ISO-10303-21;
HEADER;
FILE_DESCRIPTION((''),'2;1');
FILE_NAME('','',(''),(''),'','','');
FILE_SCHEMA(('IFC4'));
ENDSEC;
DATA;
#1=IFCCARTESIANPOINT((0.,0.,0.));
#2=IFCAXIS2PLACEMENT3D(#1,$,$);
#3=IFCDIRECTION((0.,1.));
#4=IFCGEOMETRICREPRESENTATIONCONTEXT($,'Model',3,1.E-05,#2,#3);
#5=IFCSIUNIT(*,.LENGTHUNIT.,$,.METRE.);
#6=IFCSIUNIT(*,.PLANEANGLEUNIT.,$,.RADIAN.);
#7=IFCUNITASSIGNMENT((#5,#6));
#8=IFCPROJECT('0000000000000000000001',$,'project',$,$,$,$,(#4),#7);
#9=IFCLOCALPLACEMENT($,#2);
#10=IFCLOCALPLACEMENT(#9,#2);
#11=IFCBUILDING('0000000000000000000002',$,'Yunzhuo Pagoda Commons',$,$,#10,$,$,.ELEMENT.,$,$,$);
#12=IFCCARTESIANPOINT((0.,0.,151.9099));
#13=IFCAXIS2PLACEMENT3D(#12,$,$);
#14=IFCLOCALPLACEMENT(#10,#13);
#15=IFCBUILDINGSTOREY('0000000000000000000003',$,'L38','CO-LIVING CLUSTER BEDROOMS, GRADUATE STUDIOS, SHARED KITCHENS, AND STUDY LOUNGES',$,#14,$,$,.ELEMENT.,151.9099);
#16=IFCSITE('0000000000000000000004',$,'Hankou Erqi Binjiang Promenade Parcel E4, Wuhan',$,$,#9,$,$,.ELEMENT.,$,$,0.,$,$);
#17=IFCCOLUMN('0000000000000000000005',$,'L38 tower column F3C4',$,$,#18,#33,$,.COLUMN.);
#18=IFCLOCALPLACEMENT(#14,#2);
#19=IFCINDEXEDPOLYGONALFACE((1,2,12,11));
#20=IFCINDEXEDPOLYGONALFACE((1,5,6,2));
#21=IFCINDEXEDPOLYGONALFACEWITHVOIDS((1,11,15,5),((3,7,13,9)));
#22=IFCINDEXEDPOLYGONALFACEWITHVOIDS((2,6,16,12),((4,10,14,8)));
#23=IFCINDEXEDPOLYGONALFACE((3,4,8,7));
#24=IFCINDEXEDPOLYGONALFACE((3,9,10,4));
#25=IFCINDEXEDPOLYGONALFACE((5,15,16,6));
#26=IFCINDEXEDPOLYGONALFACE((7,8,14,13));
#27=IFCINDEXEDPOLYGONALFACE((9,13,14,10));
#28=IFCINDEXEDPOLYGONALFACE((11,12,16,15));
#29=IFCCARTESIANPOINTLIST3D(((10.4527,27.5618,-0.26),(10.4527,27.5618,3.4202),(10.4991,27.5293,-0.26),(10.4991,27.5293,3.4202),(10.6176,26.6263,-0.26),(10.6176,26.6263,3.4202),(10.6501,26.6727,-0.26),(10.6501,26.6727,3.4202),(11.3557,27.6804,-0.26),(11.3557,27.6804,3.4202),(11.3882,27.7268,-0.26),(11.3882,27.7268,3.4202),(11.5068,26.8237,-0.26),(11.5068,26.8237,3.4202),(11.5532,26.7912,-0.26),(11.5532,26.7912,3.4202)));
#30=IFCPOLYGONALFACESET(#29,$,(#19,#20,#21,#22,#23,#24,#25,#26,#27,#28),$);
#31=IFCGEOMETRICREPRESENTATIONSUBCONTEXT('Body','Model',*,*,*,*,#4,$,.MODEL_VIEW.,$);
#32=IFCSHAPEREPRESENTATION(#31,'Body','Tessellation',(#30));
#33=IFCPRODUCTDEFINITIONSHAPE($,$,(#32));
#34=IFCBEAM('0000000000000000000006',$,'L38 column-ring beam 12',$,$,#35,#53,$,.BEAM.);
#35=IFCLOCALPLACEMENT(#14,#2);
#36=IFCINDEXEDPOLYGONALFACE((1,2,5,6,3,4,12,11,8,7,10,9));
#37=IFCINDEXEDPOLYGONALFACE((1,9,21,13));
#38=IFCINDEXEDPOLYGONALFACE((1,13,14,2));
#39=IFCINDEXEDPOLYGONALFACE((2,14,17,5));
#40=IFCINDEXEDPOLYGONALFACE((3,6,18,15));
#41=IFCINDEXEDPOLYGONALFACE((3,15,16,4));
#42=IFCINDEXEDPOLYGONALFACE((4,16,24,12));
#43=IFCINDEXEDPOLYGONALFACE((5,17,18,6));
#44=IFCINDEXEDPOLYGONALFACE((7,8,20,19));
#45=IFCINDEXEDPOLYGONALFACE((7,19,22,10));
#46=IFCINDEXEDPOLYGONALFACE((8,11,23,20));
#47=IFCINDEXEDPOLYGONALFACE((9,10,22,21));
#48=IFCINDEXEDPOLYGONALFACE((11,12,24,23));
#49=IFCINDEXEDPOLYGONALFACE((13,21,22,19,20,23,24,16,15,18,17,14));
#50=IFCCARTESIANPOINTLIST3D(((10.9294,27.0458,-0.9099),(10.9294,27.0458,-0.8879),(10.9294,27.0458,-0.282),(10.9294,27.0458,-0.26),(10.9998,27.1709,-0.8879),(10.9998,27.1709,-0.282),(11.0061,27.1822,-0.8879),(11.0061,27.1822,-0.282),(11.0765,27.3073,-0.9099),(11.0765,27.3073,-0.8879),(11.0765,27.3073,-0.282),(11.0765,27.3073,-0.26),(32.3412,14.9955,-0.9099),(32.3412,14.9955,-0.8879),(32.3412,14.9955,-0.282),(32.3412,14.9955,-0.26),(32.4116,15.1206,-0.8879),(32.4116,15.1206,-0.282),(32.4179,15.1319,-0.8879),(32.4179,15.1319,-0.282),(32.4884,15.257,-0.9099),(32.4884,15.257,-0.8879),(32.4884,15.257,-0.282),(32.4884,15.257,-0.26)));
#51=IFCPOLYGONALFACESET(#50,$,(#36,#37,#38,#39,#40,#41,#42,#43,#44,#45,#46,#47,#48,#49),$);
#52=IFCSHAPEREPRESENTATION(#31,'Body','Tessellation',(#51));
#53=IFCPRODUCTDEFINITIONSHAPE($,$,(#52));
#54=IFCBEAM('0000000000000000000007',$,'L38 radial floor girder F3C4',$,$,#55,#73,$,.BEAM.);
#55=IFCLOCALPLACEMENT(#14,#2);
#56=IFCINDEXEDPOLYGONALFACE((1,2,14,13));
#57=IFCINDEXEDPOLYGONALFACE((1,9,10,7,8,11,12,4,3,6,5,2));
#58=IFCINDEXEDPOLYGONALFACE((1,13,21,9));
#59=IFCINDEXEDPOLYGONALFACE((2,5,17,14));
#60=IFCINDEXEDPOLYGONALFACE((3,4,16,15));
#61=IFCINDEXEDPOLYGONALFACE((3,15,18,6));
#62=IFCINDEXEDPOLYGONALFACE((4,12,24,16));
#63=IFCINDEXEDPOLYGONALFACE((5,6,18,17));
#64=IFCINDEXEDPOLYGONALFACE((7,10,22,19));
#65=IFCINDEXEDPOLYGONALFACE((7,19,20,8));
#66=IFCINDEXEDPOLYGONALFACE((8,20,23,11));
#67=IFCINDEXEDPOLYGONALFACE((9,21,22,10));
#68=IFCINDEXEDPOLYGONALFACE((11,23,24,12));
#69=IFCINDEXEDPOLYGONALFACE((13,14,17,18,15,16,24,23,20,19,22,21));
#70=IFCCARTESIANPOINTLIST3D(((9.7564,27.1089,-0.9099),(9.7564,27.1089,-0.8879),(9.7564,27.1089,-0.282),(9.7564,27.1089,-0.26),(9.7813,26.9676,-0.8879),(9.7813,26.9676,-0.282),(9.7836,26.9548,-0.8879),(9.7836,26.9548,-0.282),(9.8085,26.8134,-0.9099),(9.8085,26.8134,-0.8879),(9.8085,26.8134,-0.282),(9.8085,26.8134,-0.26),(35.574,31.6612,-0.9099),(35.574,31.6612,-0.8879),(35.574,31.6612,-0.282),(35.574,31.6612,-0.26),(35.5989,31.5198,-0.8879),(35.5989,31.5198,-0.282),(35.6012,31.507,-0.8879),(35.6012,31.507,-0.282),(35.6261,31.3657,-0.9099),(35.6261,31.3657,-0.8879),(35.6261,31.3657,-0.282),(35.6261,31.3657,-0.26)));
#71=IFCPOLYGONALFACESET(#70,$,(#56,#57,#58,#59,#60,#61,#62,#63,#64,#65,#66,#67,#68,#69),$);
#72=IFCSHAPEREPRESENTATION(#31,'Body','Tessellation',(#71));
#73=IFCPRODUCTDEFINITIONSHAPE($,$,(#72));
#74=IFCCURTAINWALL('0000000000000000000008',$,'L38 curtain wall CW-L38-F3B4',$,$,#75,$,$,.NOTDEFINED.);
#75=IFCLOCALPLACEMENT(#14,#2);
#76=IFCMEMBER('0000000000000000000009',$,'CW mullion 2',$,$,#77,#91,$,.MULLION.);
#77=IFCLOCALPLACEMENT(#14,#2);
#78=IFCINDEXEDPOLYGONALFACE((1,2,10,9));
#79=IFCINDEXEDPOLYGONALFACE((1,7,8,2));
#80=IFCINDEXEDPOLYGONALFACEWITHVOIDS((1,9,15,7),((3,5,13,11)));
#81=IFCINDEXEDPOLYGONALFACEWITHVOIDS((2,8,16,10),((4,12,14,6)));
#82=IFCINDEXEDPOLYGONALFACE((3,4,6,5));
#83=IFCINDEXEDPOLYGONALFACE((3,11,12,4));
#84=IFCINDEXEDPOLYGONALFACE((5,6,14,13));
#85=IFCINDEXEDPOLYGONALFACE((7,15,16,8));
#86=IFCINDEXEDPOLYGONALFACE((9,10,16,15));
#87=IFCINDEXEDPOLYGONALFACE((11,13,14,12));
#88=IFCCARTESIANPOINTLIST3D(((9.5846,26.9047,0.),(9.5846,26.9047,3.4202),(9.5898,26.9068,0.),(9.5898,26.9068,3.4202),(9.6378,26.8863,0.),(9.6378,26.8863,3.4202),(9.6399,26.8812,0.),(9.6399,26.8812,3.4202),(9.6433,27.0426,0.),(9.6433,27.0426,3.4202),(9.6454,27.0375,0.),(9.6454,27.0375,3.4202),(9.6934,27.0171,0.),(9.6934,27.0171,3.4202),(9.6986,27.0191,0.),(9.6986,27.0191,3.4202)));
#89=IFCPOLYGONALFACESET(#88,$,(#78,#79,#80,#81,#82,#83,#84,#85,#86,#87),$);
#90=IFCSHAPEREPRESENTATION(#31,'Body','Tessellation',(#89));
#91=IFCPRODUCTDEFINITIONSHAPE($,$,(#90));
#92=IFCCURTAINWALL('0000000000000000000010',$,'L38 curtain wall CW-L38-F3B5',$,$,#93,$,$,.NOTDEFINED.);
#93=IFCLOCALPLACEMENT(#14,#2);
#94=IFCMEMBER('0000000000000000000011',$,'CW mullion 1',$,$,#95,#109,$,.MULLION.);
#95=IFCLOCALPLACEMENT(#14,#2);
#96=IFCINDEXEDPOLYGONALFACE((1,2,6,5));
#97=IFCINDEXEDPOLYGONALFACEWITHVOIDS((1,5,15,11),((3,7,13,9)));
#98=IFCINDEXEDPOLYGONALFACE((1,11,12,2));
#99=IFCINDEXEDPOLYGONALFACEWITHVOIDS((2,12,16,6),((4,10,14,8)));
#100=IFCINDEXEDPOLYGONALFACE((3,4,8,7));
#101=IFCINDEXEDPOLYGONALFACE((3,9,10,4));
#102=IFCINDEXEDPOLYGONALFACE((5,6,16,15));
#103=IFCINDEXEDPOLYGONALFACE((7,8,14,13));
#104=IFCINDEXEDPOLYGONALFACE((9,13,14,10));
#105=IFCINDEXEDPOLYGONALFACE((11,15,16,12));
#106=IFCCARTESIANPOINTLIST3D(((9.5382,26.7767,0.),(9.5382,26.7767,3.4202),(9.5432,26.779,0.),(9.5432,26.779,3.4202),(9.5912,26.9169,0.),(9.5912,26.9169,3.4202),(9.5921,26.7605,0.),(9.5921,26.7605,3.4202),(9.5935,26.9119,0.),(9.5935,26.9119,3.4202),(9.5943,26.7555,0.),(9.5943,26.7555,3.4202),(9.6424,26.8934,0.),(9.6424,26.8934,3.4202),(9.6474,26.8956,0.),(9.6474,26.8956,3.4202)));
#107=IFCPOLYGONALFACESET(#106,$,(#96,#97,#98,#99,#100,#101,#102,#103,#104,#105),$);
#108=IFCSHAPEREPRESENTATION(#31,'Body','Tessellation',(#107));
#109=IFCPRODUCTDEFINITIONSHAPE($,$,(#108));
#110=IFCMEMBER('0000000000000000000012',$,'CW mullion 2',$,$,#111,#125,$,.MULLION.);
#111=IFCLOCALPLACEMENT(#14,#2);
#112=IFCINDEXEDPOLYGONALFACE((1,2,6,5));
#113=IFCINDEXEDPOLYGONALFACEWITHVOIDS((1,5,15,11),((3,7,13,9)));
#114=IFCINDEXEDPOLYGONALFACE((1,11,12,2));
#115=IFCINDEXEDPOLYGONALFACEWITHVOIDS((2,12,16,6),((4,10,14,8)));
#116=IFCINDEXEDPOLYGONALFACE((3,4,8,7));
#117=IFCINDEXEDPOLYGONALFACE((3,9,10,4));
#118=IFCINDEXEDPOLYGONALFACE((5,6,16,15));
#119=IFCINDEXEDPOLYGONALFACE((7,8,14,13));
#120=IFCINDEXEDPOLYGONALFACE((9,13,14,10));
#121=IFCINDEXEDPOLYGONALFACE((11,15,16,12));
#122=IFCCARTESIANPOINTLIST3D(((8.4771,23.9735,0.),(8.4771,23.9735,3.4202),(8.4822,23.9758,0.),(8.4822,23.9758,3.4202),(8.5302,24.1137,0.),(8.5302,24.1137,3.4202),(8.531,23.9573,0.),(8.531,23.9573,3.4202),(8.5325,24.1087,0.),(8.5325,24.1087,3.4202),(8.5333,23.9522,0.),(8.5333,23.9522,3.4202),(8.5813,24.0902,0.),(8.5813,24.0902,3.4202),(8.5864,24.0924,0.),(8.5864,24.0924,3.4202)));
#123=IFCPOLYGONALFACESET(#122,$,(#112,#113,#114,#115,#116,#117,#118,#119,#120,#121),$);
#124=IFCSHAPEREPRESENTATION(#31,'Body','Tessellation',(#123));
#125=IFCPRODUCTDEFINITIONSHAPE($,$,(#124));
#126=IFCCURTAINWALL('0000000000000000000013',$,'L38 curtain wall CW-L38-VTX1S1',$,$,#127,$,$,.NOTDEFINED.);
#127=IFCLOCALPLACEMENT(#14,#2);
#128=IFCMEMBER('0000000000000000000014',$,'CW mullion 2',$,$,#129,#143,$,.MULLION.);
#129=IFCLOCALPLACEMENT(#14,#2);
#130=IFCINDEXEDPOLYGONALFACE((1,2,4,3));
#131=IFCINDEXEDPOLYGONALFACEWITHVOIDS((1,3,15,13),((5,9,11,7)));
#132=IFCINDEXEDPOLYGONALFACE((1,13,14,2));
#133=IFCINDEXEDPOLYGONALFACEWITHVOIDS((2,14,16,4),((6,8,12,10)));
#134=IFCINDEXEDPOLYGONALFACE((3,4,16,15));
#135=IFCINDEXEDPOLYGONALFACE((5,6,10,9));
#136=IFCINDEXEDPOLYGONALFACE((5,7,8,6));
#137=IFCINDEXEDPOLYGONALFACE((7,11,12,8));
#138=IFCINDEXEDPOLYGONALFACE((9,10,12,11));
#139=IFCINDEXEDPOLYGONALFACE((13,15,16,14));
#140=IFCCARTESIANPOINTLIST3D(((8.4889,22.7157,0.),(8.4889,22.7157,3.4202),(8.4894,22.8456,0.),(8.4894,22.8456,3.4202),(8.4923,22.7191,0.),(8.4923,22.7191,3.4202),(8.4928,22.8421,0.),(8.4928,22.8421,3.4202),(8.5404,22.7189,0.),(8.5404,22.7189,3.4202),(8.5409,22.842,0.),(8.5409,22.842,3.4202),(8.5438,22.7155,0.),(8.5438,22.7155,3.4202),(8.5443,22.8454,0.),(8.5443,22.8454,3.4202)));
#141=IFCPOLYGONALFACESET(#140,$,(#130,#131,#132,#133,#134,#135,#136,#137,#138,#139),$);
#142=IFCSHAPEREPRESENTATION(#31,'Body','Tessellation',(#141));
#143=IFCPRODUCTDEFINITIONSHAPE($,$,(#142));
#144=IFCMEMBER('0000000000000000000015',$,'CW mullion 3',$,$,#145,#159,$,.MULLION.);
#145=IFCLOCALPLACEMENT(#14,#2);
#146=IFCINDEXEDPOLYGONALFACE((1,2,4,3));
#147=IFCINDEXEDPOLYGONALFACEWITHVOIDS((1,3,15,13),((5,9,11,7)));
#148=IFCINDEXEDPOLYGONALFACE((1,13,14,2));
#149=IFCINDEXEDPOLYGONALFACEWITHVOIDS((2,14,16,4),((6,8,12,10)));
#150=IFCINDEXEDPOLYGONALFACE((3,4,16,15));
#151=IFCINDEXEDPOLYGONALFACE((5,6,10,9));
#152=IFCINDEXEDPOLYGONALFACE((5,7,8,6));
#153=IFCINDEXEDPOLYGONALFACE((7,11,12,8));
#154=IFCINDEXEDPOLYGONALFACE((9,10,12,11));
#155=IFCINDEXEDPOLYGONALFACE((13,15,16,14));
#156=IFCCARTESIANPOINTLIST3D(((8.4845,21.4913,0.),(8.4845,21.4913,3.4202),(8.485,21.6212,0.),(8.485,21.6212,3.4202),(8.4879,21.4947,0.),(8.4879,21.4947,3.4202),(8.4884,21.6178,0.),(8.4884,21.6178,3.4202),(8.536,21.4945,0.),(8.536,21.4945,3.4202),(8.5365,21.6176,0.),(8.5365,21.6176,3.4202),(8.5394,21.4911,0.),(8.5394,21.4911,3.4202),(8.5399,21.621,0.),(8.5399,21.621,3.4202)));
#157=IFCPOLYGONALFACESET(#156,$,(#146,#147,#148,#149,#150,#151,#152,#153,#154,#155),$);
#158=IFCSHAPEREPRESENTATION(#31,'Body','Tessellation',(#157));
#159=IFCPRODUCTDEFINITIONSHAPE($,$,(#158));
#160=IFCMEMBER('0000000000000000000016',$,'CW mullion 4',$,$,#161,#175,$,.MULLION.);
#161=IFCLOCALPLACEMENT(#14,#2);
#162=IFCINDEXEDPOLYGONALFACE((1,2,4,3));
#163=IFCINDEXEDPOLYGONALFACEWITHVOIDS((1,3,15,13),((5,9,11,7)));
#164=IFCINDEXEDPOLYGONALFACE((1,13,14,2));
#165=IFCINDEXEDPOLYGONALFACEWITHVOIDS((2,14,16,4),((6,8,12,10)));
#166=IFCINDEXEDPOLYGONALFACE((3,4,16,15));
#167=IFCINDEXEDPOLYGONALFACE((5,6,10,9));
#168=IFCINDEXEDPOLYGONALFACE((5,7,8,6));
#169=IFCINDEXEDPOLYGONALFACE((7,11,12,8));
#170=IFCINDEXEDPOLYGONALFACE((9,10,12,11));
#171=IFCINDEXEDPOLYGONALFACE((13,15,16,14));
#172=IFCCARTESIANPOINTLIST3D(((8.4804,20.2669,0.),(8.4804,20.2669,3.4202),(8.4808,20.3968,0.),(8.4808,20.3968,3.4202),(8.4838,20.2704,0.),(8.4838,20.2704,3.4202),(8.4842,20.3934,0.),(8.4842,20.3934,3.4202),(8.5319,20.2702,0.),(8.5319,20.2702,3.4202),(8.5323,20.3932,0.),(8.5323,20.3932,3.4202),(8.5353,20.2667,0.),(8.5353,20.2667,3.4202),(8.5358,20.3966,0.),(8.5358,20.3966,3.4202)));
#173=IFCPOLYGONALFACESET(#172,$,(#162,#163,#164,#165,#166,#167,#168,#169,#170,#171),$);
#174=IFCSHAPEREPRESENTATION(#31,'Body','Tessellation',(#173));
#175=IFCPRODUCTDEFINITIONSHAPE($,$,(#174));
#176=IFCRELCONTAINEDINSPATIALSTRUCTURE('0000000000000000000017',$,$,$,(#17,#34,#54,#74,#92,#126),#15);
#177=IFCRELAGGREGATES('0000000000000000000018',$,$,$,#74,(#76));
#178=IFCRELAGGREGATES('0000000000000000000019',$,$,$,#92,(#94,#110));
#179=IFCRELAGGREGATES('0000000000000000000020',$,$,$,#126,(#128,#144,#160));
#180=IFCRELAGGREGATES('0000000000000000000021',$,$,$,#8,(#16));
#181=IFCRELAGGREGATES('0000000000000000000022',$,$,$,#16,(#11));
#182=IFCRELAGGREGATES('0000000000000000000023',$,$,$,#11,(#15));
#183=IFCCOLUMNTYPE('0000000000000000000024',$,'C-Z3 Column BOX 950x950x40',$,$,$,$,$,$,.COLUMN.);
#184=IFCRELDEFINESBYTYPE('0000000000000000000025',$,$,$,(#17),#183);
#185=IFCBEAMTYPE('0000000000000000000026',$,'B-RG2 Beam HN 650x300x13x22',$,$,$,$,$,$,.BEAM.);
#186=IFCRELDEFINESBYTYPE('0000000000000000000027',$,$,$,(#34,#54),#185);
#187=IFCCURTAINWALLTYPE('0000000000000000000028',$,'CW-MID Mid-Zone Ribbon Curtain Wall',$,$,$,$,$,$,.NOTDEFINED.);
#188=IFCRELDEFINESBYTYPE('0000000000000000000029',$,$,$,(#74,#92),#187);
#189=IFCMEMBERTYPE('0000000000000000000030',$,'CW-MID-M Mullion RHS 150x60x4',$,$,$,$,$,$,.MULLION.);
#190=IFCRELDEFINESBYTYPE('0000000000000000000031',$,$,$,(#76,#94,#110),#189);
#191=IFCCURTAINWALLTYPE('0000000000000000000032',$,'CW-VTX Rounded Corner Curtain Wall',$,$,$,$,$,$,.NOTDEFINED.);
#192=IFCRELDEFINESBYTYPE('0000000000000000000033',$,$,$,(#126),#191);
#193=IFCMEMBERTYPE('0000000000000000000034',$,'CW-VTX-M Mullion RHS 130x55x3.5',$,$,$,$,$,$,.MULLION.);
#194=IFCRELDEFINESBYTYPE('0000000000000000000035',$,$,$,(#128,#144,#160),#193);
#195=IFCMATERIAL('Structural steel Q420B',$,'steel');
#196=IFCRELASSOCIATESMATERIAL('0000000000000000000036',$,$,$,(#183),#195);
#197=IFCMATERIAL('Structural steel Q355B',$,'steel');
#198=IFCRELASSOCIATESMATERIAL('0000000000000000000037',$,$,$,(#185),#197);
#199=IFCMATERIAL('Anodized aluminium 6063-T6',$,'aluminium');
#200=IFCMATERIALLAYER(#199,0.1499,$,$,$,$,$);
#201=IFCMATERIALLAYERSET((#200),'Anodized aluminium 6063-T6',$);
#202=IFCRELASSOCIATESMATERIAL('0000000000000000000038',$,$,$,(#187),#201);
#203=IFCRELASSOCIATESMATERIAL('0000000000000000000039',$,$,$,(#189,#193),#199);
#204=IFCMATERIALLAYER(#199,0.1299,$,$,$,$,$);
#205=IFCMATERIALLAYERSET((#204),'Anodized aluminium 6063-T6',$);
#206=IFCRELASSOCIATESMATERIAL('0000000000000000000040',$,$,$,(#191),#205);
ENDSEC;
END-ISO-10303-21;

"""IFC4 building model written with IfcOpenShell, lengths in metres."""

from ifc_helpers import new_model, si_unit, direction, frame, origin, origin_2d, place, context, subcontext, project, spatial, hollow_rectangle, i_section, extrude, source, transform, mapped, material, layer, layer_set, material_profile, profile_set, type_object, element, aggregate, save


model = new_model("IFC4")

# Units and contexts
model_context = context("Model", 3, precision=1e-05, world=origin(), true_north=direction((0.0, 1.0)))
body_context = subcontext(model_context, "Body", "Model", "MODEL_VIEW")
ifc_project = project(units=[si_unit("LENGTHUNIT", "METRE"), si_unit("PLANEANGLEUNIT", "RADIAN")], contexts=[model_context])

# Site, building, storey
site_placement = place(None, origin())
site = spatial("IfcSite", under=ifc_project, at=site_placement, Name="Hankou Erqi Binjiang Promenade Parcel E4, Wuhan", CompositionType="ELEMENT", RefElevation=0.0)
building_placement = place(site_placement, origin())
building = spatial("IfcBuilding", under=site, at=building_placement, Name="Yunzhuo Pagoda Commons", CompositionType="ELEMENT")
storey_placement = place(building_placement, frame((0.0, 0.0, 151.9099)))
storey = spatial("IfcBuildingStorey", under=building, at=storey_placement, Name="L38", Description="CO-LIVING CLUSTER BEDROOMS, GRADUATE STUDIOS, SHARED KITCHENS, AND STUDY LOUNGES", CompositionType="ELEMENT", Elevation=151.9099)

# Column
ifc_material_1 = material(Name="Structural steel Q420B", Category="steel")
ifc_material_profile_1 = material_profile(ifc_material_1, hollow_rectangle(XDim=0.95, YDim=0.95, WallThickness=0.04, at=origin_2d()), Name="Structural steel Q420B")
ifc_profile_set_1 = profile_set([ifc_material_profile_1], Name="Structural steel Q420B")
column_type = type_object("IfcColumnType", Name="C-Z3 Column BOX 950x950x40", PredefinedType="COLUMN", material=ifc_profile_set_1)
shared_shape_1 = source(origin(), body_context, "Body", "SweptSolid", [
    extrude(hollow_rectangle(XDim=0.95, YDim=0.95, WallThickness=0.04, at=origin_2d()), origin(), (0.0, 0.0, 1.0), 3.6802),
])
column_placement = place(storey_placement, frame((11.0029, 27.1765, -0.26), z_axis=(0.0, 0.0, 1.0), x_axis=(0.173648, -0.984808, 0.0)))
element("IfcColumn", 1, at=column_placement, inside=storey, type_object=column_type, Name="L38 tower column F3C4", PredefinedType="COLUMN", context=body_context, shape_type="MappedRepresentation", body=[
    mapped(shared_shape_1, transform((0.0, 0.0, 0.0), scale=1.0)),
])

# Beams
ifc_material_2 = material(Name="Structural steel Q355B", Category="steel")
ifc_material_profile_2 = material_profile(ifc_material_2, i_section(OverallWidth=0.3, OverallDepth=0.6499, WebThickness=0.0129, FlangeThickness=0.022, at=origin_2d()), Name="Structural steel Q355B")
ifc_profile_set_2 = profile_set([ifc_material_profile_2], Name="Structural steel Q355B")
beam_type = type_object("IfcBeamType", Name="B-RG2 Beam HN 650x300x13x22", PredefinedType="BEAM", material=ifc_profile_set_2)
shared_shape_2 = source(origin(), body_context, "Body", "SweptSolid", [
    extrude(i_section(OverallWidth=0.3, OverallDepth=0.6499, WebThickness=0.0129, FlangeThickness=0.022, at=origin_2d()), origin(), (0.0, 0.0, 1.0), 24.5698),
])
beam_1_placement = place(storey_placement, frame((11.0029, 27.1765, -0.585), z_axis=(0.871469, -0.49045, 0.0), x_axis=(0.49045, 0.871469, 0.0)))
element("IfcBeam", 2, at=beam_1_placement, inside=storey, type_object=beam_type, Name="L38 column-ring beam 12", PredefinedType="BEAM", context=body_context, shape_type="MappedRepresentation", body=[
    mapped(shared_shape_2, transform((0.0, 0.0, 0.0), scale=1.0)),
])
shared_shape_3 = source(origin(), body_context, "Body", "SweptSolid", [
    extrude(i_section(OverallWidth=0.3, OverallDepth=0.6499, WebThickness=0.0129, FlangeThickness=0.022, at=origin_2d()), origin(), (0.0, 0.0, 1.0), 26.2158),
])
beam_2_placement = place(storey_placement, frame((9.7825, 26.9612, -0.585), z_axis=(0.984808, 0.173645, 0.0), x_axis=(-0.173645, 0.984808, 0.0)))
element("IfcBeam", 3, at=beam_2_placement, inside=storey, type_object=beam_type, Name="L38 radial floor girder F3C4", PredefinedType="BEAM", context=body_context, shape_type="MappedRepresentation", body=[
    mapped(shared_shape_3, transform((0.0, 0.0, 0.0), scale=1.0)),
])

# Curtain wall, member
ifc_material_3 = material(Name="Anodized aluminium 6063-T6", Category="aluminium")
ifc_layer_1 = layer(ifc_material_3, 0.1499)
ifc_layer_set_1 = layer_set([ifc_layer_1], Name="Anodized aluminium 6063-T6")
curtain_wall_type_1 = type_object("IfcCurtainWallType", Name="CW-MID Mid-Zone Ribbon Curtain Wall", PredefinedType="NOTDEFINED", material=ifc_layer_set_1)
curtain_wall_1_placement = place(storey_placement, origin())
curtain_wall_1 = element("IfcCurtainWall", 4, at=curtain_wall_1_placement, inside=storey, type_object=curtain_wall_type_1, Name="L38 curtain wall CW-L38-F3B4", PredefinedType="NOTDEFINED")
ifc_material_profile_3 = material_profile(ifc_material_3, hollow_rectangle(XDim=0.0601, YDim=0.1499, WallThickness=0.0039, at=origin_2d()), Name="Anodized aluminium 6063-T6")
ifc_profile_set_3 = profile_set([ifc_material_profile_3], Name="Anodized aluminium 6063-T6")
member_type_1 = type_object("IfcMemberType", Name="CW-MID-M Mullion RHS 150x60x4", PredefinedType="MULLION", material=ifc_profile_set_3)
shared_shape_4 = source(origin(), body_context, "Body", "SweptSolid", [
    extrude(hollow_rectangle(XDim=0.0601, YDim=0.1499, WallThickness=0.0039, at=origin_2d()), origin(), (0.0, 0.0, 1.0), 3.4202),
])
member_1_placement = place(storey_placement, frame((9.6416, 26.9619, 0.0), z_axis=(0.0, 0.0, 1.0), x_axis=(0.920217, -0.391409, 0.0)))
member_1 = element("IfcMember", 5, at=member_1_placement, type_object=member_type_1, Name="CW mullion 2", PredefinedType="MULLION", context=body_context, shape_type="MappedRepresentation", body=[
    mapped(shared_shape_4, transform((0.0, 0.0, 0.0), scale=1.0)),
])

# Curtain walls, members
curtain_wall_2_placement = place(storey_placement, origin())
curtain_wall_2 = element("IfcCurtainWall", 6, at=curtain_wall_2_placement, inside=storey, type_object=curtain_wall_type_1, Name="L38 curtain wall CW-L38-F3B5", PredefinedType="NOTDEFINED")
member_2_placement = place(storey_placement, frame((9.5928, 26.8362, 0.0), z_axis=(0.0, 0.0, 1.0), x_axis=(0.935247, -0.353996, 0.0)))
member_2 = element("IfcMember", 7, at=member_2_placement, type_object=member_type_1, Name="CW mullion 1", PredefinedType="MULLION", context=body_context, shape_type="MappedRepresentation", body=[
    mapped(shared_shape_4, transform((0.0, 0.0, 0.0), scale=1.0)),
])
member_3_placement = place(storey_placement, frame((8.5317, 24.033, 0.0), z_axis=(0.0, 0.0, 1.0), x_axis=(0.935247, -0.353996, 0.0)))
member_3 = element("IfcMember", 8, at=member_3_placement, type_object=member_type_1, Name="CW mullion 2", PredefinedType="MULLION", context=body_context, shape_type="MappedRepresentation", body=[
    mapped(shared_shape_4, transform((0.0, 0.0, 0.0), scale=1.0)),
])
ifc_layer_2 = layer(ifc_material_3, 0.1299)
ifc_layer_set_2 = layer_set([ifc_layer_2], Name="Anodized aluminium 6063-T6")
curtain_wall_type_2 = type_object("IfcCurtainWallType", Name="CW-VTX Rounded Corner Curtain Wall", PredefinedType="NOTDEFINED", material=ifc_layer_set_2)
curtain_wall_3_placement = place(storey_placement, origin())
curtain_wall_3 = element("IfcCurtainWall", 9, at=curtain_wall_3_placement, inside=storey, type_object=curtain_wall_type_2, Name="L38 curtain wall CW-L38-VTX1S1", PredefinedType="NOTDEFINED")
ifc_material_profile_4 = material_profile(ifc_material_3, hollow_rectangle(XDim=0.0549, YDim=0.1299, WallThickness=0.0034, at=origin_2d()), Name="Anodized aluminium 6063-T6")
ifc_profile_set_4 = profile_set([ifc_material_profile_4], Name="Anodized aluminium 6063-T6")
member_type_2 = type_object("IfcMemberType", Name="CW-VTX-M Mullion RHS 130x55x3.5", PredefinedType="MULLION", material=ifc_profile_set_4)
shared_shape_5 = source(origin(), body_context, "Body", "SweptSolid", [
    extrude(hollow_rectangle(XDim=0.0549, YDim=0.1299, WallThickness=0.0034, at=origin_2d()), origin(), (0.0, 0.0, 1.0), 3.4202),
])
member_4_placement = place(storey_placement, frame((8.5166, 22.7805, 0.0), z_axis=(0.0, 0.0, 1.0), x_axis=(0.999994, -0.003594, 0.0)))
member_4 = element("IfcMember", 10, at=member_4_placement, type_object=member_type_2, Name="CW mullion 2", PredefinedType="MULLION", context=body_context, shape_type="MappedRepresentation", body=[
    mapped(shared_shape_5, transform((0.0, 0.0, 0.0), scale=1.0)),
])
member_5_placement = place(storey_placement, frame((8.5122, 21.5562, 0.0), z_axis=(0.0, 0.0, 1.0), x_axis=(0.999994, -0.003594, 0.0)))
member_5 = element("IfcMember", 11, at=member_5_placement, type_object=member_type_2, Name="CW mullion 3", PredefinedType="MULLION", context=body_context, shape_type="MappedRepresentation", body=[
    mapped(shared_shape_5, transform((0.0, 0.0, 0.0), scale=1.0)),
])
member_6_placement = place(storey_placement, frame((8.5081, 20.3318, 0.0), z_axis=(0.0, 0.0, 1.0), x_axis=(0.999994, -0.003594, 0.0)))
member_6 = element("IfcMember", 12, at=member_6_placement, type_object=member_type_2, Name="CW mullion 4", PredefinedType="MULLION", context=body_context, shape_type="MappedRepresentation", body=[
    mapped(shared_shape_5, transform((0.0, 0.0, 0.0), scale=1.0)),
])

aggregate(curtain_wall_1, [member_1])
aggregate(curtain_wall_2, [member_2, member_3])
aggregate(curtain_wall_3, [member_4, member_5, member_6])

save(model, "model.ifc")
